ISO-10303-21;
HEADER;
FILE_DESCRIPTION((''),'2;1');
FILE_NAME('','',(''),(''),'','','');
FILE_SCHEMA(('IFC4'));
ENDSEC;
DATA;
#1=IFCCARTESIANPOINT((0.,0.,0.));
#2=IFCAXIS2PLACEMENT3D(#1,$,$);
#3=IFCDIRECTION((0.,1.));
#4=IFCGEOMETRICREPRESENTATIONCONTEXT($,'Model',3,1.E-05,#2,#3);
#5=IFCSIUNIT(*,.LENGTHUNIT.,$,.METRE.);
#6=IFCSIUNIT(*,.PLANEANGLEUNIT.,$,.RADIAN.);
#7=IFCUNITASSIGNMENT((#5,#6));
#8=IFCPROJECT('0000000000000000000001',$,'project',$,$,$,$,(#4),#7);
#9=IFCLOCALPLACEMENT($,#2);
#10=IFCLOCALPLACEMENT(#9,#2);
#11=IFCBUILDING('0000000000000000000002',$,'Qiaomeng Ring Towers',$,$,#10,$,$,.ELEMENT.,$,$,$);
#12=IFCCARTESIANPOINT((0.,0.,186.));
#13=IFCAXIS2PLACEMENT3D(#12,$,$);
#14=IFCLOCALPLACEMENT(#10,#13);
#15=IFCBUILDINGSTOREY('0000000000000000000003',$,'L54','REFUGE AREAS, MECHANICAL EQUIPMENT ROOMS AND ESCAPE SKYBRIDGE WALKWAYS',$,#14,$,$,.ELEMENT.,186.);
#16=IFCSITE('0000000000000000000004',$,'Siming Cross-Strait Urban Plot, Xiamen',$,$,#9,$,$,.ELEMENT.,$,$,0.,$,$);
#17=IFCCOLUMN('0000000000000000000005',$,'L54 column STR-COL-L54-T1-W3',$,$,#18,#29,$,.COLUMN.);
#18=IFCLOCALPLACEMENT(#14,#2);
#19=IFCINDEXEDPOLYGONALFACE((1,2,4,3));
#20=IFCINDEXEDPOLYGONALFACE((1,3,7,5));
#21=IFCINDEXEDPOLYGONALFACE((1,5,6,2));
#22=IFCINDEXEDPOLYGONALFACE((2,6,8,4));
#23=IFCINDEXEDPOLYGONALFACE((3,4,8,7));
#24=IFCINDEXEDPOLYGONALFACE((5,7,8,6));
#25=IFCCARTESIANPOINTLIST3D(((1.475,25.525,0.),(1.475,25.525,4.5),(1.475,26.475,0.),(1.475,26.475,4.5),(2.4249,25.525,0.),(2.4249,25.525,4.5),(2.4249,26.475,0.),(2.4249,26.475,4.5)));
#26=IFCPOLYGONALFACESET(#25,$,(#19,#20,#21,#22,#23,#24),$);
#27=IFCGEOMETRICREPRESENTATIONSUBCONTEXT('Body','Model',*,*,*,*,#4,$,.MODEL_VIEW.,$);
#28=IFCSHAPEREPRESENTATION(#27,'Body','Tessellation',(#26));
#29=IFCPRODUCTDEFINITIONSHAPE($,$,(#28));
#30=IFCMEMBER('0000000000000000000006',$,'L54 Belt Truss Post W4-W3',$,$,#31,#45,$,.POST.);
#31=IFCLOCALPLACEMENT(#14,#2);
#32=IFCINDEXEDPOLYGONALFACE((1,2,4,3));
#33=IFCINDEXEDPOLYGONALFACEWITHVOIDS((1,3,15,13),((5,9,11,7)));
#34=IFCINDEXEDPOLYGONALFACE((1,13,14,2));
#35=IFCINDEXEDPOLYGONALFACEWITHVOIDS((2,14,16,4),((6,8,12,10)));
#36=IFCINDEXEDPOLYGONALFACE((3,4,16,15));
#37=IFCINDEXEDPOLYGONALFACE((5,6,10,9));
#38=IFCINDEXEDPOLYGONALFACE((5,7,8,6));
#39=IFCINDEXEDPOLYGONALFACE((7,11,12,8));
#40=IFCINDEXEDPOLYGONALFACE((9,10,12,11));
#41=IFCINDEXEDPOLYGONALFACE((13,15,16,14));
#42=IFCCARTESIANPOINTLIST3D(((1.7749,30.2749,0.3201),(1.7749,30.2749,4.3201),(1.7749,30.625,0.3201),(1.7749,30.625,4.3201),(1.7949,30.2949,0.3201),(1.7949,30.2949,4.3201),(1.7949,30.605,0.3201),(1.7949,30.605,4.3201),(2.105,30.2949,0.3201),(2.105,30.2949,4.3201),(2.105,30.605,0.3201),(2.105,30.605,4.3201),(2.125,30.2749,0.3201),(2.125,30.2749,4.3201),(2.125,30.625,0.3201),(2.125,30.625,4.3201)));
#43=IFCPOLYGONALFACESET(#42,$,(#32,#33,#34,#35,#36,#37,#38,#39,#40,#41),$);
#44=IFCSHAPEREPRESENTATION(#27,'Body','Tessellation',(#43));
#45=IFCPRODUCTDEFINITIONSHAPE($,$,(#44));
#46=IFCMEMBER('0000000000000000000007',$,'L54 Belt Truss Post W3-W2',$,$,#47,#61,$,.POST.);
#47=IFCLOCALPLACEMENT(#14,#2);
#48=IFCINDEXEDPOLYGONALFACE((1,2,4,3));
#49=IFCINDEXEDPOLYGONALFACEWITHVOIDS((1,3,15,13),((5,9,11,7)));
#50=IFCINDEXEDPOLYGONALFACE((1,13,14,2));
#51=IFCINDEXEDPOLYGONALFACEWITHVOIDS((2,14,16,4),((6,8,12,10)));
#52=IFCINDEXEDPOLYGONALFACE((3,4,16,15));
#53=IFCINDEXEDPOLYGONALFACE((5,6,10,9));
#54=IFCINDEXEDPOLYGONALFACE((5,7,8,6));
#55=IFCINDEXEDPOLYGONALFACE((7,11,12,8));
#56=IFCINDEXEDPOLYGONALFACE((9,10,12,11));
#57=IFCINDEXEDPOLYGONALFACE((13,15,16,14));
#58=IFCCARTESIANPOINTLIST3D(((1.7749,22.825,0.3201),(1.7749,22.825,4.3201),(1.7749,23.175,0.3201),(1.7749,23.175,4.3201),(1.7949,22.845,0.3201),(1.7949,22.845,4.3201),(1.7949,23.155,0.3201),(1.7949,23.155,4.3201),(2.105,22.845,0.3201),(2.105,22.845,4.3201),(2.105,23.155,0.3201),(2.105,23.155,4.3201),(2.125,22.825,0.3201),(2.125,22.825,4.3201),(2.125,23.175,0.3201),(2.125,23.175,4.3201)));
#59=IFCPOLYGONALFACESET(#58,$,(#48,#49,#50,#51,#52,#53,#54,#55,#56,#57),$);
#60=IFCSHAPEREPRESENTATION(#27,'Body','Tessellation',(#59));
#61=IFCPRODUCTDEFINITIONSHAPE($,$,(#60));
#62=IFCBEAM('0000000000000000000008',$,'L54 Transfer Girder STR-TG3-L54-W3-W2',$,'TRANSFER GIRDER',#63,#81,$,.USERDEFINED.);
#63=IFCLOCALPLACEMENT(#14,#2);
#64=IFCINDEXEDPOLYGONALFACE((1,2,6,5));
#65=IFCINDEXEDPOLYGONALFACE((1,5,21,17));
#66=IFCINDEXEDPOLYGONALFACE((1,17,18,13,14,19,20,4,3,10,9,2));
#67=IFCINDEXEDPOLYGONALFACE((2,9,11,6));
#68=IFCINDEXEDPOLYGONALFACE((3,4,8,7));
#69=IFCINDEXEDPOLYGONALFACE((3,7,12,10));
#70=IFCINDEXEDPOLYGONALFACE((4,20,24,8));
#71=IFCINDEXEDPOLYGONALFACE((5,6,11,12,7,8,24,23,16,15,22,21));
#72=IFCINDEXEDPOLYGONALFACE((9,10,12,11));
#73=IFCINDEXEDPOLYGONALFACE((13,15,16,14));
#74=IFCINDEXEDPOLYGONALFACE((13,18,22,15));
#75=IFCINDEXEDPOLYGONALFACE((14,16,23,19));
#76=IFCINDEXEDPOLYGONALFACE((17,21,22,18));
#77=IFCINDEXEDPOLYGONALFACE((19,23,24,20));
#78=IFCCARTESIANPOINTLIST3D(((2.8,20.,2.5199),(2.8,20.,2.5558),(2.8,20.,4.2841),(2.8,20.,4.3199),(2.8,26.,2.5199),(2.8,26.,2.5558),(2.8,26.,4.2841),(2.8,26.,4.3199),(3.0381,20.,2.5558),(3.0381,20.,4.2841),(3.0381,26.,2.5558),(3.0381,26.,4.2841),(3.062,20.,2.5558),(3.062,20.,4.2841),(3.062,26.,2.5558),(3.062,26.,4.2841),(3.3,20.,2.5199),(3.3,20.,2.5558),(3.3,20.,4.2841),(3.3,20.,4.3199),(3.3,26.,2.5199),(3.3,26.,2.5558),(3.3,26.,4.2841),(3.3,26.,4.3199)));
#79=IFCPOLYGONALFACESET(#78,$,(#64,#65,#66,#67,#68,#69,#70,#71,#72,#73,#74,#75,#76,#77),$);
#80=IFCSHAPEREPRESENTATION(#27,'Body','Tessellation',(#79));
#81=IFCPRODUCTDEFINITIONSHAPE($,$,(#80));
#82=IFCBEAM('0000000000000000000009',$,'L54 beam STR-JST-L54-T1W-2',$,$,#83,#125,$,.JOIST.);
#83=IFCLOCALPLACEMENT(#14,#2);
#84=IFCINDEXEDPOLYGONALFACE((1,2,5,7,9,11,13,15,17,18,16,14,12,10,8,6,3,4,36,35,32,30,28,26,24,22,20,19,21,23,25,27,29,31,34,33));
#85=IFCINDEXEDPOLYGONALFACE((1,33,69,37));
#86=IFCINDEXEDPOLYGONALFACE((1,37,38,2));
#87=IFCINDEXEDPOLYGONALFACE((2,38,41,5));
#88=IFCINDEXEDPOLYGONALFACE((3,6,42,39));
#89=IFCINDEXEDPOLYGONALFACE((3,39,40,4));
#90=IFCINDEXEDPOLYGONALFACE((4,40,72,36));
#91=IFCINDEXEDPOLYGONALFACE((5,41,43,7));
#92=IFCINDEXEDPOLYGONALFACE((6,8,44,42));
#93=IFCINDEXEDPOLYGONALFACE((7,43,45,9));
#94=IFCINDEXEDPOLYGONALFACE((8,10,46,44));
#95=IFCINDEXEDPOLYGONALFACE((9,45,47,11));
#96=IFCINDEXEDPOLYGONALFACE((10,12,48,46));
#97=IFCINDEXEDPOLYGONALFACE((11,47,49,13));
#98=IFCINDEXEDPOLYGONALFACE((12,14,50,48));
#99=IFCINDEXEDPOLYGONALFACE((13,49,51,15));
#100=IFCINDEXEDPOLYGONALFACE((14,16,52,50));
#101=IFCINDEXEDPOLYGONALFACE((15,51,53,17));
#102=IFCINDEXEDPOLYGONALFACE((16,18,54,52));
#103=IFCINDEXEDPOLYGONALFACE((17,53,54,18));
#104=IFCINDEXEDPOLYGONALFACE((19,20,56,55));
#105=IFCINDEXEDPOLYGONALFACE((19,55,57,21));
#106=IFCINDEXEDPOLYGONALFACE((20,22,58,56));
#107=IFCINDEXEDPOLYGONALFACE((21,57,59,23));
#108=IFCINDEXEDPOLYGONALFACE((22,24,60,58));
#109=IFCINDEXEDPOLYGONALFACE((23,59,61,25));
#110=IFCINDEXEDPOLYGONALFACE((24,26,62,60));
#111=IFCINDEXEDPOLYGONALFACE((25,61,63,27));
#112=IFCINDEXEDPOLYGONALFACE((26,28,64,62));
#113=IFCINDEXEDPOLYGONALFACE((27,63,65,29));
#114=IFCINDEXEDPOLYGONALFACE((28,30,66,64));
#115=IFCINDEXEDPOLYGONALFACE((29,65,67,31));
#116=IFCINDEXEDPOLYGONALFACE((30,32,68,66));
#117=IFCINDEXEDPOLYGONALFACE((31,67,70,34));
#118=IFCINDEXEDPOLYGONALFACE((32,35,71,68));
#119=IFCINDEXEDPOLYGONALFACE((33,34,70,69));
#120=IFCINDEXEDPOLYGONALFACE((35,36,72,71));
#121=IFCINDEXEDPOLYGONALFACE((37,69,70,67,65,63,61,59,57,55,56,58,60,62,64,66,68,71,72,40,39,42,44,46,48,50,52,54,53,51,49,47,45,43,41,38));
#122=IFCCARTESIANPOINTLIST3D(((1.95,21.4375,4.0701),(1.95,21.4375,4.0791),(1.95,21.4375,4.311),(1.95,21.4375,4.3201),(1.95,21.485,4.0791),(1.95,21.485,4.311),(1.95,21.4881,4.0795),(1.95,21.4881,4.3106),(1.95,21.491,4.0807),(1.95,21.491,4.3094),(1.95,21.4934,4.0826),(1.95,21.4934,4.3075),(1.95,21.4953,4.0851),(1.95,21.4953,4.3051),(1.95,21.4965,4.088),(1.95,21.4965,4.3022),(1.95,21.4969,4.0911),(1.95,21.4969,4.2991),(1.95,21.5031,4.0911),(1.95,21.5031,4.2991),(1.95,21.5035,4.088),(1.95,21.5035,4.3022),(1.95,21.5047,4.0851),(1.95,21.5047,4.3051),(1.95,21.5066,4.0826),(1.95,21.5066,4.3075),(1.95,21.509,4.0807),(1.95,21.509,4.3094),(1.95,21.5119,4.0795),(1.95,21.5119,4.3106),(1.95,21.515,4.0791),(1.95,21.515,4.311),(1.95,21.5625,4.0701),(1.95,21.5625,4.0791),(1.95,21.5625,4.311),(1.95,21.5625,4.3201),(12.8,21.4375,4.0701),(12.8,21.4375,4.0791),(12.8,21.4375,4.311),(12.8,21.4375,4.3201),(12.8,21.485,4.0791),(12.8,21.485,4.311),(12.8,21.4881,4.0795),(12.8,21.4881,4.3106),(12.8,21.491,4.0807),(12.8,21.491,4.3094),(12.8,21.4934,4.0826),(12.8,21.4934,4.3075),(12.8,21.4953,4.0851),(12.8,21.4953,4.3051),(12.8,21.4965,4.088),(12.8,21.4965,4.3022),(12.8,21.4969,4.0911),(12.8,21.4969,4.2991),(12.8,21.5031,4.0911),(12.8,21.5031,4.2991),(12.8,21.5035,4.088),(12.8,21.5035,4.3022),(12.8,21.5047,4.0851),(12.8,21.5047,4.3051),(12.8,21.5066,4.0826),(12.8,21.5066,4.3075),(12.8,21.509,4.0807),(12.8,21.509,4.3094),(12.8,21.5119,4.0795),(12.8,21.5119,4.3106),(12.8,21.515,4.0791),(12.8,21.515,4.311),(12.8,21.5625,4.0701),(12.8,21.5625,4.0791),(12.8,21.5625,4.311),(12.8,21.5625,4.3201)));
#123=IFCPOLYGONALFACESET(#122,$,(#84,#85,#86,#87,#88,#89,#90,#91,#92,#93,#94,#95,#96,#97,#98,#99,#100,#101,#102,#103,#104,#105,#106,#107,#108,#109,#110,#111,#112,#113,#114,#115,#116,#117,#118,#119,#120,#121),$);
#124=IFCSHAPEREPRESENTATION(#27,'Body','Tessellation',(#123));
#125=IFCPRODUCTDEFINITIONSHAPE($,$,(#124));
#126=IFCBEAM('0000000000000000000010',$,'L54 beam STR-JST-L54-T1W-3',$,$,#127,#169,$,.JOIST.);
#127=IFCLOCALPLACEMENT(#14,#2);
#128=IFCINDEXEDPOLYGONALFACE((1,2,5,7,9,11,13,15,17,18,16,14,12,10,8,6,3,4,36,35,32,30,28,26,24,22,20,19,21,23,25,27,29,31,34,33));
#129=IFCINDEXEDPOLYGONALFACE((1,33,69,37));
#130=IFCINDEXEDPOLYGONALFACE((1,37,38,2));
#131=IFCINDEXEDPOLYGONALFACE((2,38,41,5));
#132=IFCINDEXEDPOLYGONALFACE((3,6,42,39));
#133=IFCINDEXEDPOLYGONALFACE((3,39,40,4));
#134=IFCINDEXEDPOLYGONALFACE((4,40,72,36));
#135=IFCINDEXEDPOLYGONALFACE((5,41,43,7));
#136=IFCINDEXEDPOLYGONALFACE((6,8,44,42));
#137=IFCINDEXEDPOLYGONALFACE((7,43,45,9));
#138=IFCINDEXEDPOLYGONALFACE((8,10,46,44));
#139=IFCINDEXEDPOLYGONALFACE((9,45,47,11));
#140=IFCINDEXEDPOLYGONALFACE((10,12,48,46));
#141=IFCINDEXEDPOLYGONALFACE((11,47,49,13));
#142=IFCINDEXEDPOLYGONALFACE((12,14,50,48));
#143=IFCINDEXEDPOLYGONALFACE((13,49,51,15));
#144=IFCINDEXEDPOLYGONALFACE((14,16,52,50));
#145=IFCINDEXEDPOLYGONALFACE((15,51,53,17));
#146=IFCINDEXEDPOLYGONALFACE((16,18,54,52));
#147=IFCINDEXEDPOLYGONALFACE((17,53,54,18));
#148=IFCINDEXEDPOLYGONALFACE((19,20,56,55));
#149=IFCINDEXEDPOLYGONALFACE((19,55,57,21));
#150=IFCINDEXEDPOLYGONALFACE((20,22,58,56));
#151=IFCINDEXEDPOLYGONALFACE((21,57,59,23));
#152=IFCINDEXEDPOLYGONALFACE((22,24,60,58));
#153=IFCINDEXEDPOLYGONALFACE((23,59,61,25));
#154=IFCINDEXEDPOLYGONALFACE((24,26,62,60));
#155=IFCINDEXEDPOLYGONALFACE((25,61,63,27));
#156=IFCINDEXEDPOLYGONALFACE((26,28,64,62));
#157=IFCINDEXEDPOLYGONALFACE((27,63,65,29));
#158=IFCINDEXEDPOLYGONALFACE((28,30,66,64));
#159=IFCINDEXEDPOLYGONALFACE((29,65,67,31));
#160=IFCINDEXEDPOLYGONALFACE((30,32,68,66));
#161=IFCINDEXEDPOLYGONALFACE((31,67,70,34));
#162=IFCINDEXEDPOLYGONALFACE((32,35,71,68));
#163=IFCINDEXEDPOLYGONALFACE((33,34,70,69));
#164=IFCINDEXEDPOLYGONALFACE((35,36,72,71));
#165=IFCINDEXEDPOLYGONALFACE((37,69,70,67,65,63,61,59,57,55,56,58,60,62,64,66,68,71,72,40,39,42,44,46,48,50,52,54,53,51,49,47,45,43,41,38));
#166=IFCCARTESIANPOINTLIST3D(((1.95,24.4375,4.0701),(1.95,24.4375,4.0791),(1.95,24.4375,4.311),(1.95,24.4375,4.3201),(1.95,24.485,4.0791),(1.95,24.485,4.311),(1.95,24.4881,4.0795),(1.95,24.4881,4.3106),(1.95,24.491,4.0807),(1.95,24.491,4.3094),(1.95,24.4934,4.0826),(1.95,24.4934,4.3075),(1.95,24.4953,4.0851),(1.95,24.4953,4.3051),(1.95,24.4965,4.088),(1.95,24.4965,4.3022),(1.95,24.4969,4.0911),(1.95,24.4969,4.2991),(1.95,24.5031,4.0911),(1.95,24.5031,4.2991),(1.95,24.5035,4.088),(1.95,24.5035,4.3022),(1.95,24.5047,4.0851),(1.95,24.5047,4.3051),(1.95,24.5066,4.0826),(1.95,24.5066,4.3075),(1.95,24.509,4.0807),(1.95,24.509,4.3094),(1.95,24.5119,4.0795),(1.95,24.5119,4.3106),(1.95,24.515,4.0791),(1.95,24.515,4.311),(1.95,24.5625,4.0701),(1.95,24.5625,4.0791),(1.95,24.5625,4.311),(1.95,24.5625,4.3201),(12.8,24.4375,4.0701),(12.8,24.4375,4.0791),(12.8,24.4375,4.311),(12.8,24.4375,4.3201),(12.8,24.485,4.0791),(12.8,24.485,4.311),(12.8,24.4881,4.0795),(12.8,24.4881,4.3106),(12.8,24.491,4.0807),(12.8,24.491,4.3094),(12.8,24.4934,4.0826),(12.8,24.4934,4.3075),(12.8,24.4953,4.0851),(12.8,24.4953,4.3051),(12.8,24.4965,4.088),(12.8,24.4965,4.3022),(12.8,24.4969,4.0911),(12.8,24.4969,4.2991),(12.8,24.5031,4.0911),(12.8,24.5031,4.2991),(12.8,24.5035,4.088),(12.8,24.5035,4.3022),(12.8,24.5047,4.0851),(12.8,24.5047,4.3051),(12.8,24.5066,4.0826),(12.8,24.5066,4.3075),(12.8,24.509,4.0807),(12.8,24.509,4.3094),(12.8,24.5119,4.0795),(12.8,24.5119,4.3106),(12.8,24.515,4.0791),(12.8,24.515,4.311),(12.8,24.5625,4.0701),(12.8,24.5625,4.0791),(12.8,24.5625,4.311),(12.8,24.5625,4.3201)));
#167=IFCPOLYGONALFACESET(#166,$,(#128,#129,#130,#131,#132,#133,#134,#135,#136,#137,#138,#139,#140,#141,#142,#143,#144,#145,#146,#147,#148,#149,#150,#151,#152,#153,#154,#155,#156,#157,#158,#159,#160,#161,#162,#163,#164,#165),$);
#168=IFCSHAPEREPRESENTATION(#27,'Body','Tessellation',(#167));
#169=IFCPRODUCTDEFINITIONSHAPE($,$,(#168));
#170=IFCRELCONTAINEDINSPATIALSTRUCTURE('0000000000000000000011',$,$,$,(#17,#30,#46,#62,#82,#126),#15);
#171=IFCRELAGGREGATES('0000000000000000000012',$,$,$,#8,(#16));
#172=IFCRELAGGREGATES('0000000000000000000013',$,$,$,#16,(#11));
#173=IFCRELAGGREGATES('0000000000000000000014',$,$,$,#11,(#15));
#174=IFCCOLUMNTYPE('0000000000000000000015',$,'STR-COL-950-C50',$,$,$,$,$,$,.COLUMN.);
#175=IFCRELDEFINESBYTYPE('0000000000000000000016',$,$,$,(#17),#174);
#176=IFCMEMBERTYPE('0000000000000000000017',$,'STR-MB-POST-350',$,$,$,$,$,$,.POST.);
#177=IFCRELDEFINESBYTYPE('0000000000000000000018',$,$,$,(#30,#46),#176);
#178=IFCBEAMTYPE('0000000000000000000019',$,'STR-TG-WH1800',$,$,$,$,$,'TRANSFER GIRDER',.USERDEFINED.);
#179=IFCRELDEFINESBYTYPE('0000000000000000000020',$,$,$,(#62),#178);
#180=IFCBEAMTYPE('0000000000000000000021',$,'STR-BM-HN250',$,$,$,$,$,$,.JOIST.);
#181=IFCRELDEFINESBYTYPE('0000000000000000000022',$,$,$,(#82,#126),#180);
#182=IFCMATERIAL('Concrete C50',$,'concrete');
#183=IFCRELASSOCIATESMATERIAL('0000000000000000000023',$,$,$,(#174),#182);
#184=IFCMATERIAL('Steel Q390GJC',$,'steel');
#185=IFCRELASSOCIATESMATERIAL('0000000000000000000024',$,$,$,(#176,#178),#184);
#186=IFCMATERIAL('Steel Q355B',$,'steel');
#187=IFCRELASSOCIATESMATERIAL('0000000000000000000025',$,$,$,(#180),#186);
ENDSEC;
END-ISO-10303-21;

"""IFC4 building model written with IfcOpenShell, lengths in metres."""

from ifc_helpers import new_model, si_unit, direction, frame, origin, origin_2d, place, context, subcontext, project, spatial, rectangle, hollow_rectangle, i_section, extrude, source, transform, mapped, material, material_profile, profile_set, type_object, element, save


model = new_model("IFC4")

# Units and contexts
model_context = context("Model", 3, precision=1e-05, world=origin(), true_north=direction((0.0, 1.0)))
body_context = subcontext(model_context, "Body", "Model", "MODEL_VIEW")
ifc_project = project(units=[si_unit("LENGTHUNIT", "METRE"), si_unit("PLANEANGLEUNIT", "RADIAN")], contexts=[model_context])

# Site, building, storey
site_placement = place(None, origin())
site = spatial("IfcSite", under=ifc_project, at=site_placement, Name="Siming Cross-Strait Urban Plot, Xiamen", CompositionType="ELEMENT", RefElevation=0.0)
building_placement = place(site_placement, origin())
building = spatial("IfcBuilding", under=site, at=building_placement, Name="Qiaomeng Ring Towers", CompositionType="ELEMENT")
storey_placement = place(building_placement, frame((0.0, 0.0, 186.0)))
storey = spatial("IfcBuildingStorey", under=building, at=storey_placement, Name="L54", Description="REFUGE AREAS, MECHANICAL EQUIPMENT ROOMS AND ESCAPE SKYBRIDGE WALKWAYS", CompositionType="ELEMENT", Elevation=186.0)

# Column
ifc_material_1 = material(Name="Concrete C50", Category="concrete")
ifc_material_profile_1 = material_profile(ifc_material_1, rectangle(XDim=0.95, YDim=0.95, at=origin_2d()), Name="RC COL 950x950")
ifc_profile_set_1 = profile_set([ifc_material_profile_1], Name="Concrete C50")
column_type = type_object("IfcColumnType", Name="STR-COL-950-C50", PredefinedType="COLUMN", material=ifc_profile_set_1)
shared_shape_1 = source(origin(), body_context, "Body", "SweptSolid", [
    extrude(rectangle(XDim=0.95, YDim=0.95, at=origin_2d()), origin(), (0.0, 0.0, 1.0), 4.5),
])
column_placement = place(storey_placement, frame((1.95, 26.0, 0.0), z_axis=(0.0, 0.0, 1.0), x_axis=(1.0, 0.0, 0.0)))
element("IfcColumn", 1, at=column_placement, inside=storey, type_object=column_type, Name="L54 column STR-COL-L54-T1-W3", PredefinedType="COLUMN", context=body_context, shape_type="MappedRepresentation", body=[
    mapped(shared_shape_1, transform((0.0, 0.0, 0.0), x_axis=(1.0, 0.0, 0.0), y_axis=(0.0, 1.0, 0.0), z_axis=(0.0, 0.0, 1.0), scale=1.0)),
])

# Members
ifc_material_2 = material(Name="Steel Q390GJC", Category="steel")
ifc_material_profile_2 = material_profile(ifc_material_2, hollow_rectangle(XDim=0.3501, YDim=0.3501, WallThickness=0.02, at=origin_2d()), Name="SHS 350x350x20")
ifc_profile_set_2 = profile_set([ifc_material_profile_2], Name="Steel Q390GJC")
member_type_1 = type_object("IfcMemberType", Name="STR-MB-POST-350", PredefinedType="POST", material=ifc_profile_set_2)
shared_shape_2 = source(origin(), body_context, "Body", "SweptSolid", [
    extrude(hollow_rectangle(XDim=0.3501, YDim=0.3501, WallThickness=0.02, at=origin_2d()), origin(), (0.0, 0.0, 1.0), 4.0),
])
for number, where, z_axis, x_axis, name in (
    (2, (1.95, 30.45, 0.3201), (0.0, 0.0, 1.0), (1.0, 0.0, 0.0), "L54 Belt Truss Post W4-W3"),
    (3, (1.95, 23.0, 0.3201), (0.0, 0.0, 1.0), (1.0, 0.0, 0.0), "L54 Belt Truss Post W3-W2"),
):
    element("IfcMember", number, at=place(storey_placement, frame(where, z_axis=z_axis, x_axis=x_axis)), inside=storey, type_object=member_type_1, Name=name, PredefinedType="POST", context=body_context, shape_type="MappedRepresentation", body=[
        mapped(shared_shape_2, transform((0.0, 0.0, 0.0), x_axis=(1.0, 0.0, 0.0), y_axis=(0.0, 1.0, 0.0), z_axis=(0.0, 0.0, 1.0), scale=1.0)),
    ])

# Beams
ifc_material_profile_3 = material_profile(ifc_material_2, i_section(OverallWidth=0.5, OverallDepth=1.8, WebThickness=0.0239, FlangeThickness=0.0359, at=origin_2d()), Name="WH 1800x500x24x36")
ifc_profile_set_3 = profile_set([ifc_material_profile_3], Name="Steel Q390GJC")
beam_type_1 = type_object("IfcBeamType", Name="STR-TG-WH1800", ElementType="TRANSFER GIRDER", PredefinedType="USERDEFINED", material=ifc_profile_set_3)
shared_shape_3 = source(origin(), body_context, "Body", "SweptSolid", [
    extrude(i_section(OverallWidth=0.5, OverallDepth=1.8, WebThickness=0.0239, FlangeThickness=0.0359, at=origin_2d()), origin(), (0.0, 0.0, 1.0), 6.0),
])
beam_1_placement = place(storey_placement, frame((3.05, 26.0, 3.4199), z_axis=(0.0, -1.0, 0.0), x_axis=(1.0, 0.0, 0.0)))
element("IfcBeam", 4, at=beam_1_placement, inside=storey, type_object=beam_type_1, Name="L54 Transfer Girder STR-TG3-L54-W3-W2", ObjectType="TRANSFER GIRDER", PredefinedType="USERDEFINED", context=body_context, shape_type="MappedRepresentation", body=[
    mapped(shared_shape_3, transform((0.0, 0.0, 0.0), x_axis=(1.0, 0.0, 0.0), y_axis=(0.0, 1.0, 0.0), z_axis=(0.0, 0.0, 1.0), scale=1.0)),
])
ifc_material_3 = material(Name="Steel Q355B", Category="steel")
ifc_material_profile_4 = material_profile(ifc_material_3, i_section(OverallWidth=0.125, OverallDepth=0.25, WebThickness=0.0061, FlangeThickness=0.009, FilletRadius=0.012, at=origin_2d()), Name="HN 250x125x6x9")
ifc_profile_set_4 = profile_set([ifc_material_profile_4], Name="Steel Q355B")
beam_type_2 = type_object("IfcBeamType", Name="STR-BM-HN250", PredefinedType="JOIST", material=ifc_profile_set_4)
shared_shape_4 = source(origin(), body_context, "Body", "SweptSolid", [
    extrude(i_section(OverallWidth=0.125, OverallDepth=0.25, WebThickness=0.0061, FlangeThickness=0.009, FilletRadius=0.012, at=origin_2d()), origin(), (0.0, 0.0, 1.0), 10.8501),
])
for number, where, z_axis, x_axis, name in (
    (5, (1.95, 21.5, 4.1951), (1.0, 0.0, 0.0), (0.0, 1.0, 0.0), "L54 beam STR-JST-L54-T1W-2"),
    (6, (1.95, 24.5, 4.1951), (1.0, 0.0, 0.0), (0.0, 1.0, 0.0), "L54 beam STR-JST-L54-T1W-3"),
):
    element("IfcBeam", number, at=place(storey_placement, frame(where, z_axis=z_axis, x_axis=x_axis)), inside=storey, type_object=beam_type_2, Name=name, PredefinedType="JOIST", context=body_context, shape_type="MappedRepresentation", body=[
        mapped(shared_shape_4, transform((0.0, 0.0, 0.0), x_axis=(1.0, 0.0, 0.0), y_axis=(0.0, 1.0, 0.0), z_axis=(0.0, 0.0, 1.0), scale=1.0)),
    ])

save(model, "model.ifc")
